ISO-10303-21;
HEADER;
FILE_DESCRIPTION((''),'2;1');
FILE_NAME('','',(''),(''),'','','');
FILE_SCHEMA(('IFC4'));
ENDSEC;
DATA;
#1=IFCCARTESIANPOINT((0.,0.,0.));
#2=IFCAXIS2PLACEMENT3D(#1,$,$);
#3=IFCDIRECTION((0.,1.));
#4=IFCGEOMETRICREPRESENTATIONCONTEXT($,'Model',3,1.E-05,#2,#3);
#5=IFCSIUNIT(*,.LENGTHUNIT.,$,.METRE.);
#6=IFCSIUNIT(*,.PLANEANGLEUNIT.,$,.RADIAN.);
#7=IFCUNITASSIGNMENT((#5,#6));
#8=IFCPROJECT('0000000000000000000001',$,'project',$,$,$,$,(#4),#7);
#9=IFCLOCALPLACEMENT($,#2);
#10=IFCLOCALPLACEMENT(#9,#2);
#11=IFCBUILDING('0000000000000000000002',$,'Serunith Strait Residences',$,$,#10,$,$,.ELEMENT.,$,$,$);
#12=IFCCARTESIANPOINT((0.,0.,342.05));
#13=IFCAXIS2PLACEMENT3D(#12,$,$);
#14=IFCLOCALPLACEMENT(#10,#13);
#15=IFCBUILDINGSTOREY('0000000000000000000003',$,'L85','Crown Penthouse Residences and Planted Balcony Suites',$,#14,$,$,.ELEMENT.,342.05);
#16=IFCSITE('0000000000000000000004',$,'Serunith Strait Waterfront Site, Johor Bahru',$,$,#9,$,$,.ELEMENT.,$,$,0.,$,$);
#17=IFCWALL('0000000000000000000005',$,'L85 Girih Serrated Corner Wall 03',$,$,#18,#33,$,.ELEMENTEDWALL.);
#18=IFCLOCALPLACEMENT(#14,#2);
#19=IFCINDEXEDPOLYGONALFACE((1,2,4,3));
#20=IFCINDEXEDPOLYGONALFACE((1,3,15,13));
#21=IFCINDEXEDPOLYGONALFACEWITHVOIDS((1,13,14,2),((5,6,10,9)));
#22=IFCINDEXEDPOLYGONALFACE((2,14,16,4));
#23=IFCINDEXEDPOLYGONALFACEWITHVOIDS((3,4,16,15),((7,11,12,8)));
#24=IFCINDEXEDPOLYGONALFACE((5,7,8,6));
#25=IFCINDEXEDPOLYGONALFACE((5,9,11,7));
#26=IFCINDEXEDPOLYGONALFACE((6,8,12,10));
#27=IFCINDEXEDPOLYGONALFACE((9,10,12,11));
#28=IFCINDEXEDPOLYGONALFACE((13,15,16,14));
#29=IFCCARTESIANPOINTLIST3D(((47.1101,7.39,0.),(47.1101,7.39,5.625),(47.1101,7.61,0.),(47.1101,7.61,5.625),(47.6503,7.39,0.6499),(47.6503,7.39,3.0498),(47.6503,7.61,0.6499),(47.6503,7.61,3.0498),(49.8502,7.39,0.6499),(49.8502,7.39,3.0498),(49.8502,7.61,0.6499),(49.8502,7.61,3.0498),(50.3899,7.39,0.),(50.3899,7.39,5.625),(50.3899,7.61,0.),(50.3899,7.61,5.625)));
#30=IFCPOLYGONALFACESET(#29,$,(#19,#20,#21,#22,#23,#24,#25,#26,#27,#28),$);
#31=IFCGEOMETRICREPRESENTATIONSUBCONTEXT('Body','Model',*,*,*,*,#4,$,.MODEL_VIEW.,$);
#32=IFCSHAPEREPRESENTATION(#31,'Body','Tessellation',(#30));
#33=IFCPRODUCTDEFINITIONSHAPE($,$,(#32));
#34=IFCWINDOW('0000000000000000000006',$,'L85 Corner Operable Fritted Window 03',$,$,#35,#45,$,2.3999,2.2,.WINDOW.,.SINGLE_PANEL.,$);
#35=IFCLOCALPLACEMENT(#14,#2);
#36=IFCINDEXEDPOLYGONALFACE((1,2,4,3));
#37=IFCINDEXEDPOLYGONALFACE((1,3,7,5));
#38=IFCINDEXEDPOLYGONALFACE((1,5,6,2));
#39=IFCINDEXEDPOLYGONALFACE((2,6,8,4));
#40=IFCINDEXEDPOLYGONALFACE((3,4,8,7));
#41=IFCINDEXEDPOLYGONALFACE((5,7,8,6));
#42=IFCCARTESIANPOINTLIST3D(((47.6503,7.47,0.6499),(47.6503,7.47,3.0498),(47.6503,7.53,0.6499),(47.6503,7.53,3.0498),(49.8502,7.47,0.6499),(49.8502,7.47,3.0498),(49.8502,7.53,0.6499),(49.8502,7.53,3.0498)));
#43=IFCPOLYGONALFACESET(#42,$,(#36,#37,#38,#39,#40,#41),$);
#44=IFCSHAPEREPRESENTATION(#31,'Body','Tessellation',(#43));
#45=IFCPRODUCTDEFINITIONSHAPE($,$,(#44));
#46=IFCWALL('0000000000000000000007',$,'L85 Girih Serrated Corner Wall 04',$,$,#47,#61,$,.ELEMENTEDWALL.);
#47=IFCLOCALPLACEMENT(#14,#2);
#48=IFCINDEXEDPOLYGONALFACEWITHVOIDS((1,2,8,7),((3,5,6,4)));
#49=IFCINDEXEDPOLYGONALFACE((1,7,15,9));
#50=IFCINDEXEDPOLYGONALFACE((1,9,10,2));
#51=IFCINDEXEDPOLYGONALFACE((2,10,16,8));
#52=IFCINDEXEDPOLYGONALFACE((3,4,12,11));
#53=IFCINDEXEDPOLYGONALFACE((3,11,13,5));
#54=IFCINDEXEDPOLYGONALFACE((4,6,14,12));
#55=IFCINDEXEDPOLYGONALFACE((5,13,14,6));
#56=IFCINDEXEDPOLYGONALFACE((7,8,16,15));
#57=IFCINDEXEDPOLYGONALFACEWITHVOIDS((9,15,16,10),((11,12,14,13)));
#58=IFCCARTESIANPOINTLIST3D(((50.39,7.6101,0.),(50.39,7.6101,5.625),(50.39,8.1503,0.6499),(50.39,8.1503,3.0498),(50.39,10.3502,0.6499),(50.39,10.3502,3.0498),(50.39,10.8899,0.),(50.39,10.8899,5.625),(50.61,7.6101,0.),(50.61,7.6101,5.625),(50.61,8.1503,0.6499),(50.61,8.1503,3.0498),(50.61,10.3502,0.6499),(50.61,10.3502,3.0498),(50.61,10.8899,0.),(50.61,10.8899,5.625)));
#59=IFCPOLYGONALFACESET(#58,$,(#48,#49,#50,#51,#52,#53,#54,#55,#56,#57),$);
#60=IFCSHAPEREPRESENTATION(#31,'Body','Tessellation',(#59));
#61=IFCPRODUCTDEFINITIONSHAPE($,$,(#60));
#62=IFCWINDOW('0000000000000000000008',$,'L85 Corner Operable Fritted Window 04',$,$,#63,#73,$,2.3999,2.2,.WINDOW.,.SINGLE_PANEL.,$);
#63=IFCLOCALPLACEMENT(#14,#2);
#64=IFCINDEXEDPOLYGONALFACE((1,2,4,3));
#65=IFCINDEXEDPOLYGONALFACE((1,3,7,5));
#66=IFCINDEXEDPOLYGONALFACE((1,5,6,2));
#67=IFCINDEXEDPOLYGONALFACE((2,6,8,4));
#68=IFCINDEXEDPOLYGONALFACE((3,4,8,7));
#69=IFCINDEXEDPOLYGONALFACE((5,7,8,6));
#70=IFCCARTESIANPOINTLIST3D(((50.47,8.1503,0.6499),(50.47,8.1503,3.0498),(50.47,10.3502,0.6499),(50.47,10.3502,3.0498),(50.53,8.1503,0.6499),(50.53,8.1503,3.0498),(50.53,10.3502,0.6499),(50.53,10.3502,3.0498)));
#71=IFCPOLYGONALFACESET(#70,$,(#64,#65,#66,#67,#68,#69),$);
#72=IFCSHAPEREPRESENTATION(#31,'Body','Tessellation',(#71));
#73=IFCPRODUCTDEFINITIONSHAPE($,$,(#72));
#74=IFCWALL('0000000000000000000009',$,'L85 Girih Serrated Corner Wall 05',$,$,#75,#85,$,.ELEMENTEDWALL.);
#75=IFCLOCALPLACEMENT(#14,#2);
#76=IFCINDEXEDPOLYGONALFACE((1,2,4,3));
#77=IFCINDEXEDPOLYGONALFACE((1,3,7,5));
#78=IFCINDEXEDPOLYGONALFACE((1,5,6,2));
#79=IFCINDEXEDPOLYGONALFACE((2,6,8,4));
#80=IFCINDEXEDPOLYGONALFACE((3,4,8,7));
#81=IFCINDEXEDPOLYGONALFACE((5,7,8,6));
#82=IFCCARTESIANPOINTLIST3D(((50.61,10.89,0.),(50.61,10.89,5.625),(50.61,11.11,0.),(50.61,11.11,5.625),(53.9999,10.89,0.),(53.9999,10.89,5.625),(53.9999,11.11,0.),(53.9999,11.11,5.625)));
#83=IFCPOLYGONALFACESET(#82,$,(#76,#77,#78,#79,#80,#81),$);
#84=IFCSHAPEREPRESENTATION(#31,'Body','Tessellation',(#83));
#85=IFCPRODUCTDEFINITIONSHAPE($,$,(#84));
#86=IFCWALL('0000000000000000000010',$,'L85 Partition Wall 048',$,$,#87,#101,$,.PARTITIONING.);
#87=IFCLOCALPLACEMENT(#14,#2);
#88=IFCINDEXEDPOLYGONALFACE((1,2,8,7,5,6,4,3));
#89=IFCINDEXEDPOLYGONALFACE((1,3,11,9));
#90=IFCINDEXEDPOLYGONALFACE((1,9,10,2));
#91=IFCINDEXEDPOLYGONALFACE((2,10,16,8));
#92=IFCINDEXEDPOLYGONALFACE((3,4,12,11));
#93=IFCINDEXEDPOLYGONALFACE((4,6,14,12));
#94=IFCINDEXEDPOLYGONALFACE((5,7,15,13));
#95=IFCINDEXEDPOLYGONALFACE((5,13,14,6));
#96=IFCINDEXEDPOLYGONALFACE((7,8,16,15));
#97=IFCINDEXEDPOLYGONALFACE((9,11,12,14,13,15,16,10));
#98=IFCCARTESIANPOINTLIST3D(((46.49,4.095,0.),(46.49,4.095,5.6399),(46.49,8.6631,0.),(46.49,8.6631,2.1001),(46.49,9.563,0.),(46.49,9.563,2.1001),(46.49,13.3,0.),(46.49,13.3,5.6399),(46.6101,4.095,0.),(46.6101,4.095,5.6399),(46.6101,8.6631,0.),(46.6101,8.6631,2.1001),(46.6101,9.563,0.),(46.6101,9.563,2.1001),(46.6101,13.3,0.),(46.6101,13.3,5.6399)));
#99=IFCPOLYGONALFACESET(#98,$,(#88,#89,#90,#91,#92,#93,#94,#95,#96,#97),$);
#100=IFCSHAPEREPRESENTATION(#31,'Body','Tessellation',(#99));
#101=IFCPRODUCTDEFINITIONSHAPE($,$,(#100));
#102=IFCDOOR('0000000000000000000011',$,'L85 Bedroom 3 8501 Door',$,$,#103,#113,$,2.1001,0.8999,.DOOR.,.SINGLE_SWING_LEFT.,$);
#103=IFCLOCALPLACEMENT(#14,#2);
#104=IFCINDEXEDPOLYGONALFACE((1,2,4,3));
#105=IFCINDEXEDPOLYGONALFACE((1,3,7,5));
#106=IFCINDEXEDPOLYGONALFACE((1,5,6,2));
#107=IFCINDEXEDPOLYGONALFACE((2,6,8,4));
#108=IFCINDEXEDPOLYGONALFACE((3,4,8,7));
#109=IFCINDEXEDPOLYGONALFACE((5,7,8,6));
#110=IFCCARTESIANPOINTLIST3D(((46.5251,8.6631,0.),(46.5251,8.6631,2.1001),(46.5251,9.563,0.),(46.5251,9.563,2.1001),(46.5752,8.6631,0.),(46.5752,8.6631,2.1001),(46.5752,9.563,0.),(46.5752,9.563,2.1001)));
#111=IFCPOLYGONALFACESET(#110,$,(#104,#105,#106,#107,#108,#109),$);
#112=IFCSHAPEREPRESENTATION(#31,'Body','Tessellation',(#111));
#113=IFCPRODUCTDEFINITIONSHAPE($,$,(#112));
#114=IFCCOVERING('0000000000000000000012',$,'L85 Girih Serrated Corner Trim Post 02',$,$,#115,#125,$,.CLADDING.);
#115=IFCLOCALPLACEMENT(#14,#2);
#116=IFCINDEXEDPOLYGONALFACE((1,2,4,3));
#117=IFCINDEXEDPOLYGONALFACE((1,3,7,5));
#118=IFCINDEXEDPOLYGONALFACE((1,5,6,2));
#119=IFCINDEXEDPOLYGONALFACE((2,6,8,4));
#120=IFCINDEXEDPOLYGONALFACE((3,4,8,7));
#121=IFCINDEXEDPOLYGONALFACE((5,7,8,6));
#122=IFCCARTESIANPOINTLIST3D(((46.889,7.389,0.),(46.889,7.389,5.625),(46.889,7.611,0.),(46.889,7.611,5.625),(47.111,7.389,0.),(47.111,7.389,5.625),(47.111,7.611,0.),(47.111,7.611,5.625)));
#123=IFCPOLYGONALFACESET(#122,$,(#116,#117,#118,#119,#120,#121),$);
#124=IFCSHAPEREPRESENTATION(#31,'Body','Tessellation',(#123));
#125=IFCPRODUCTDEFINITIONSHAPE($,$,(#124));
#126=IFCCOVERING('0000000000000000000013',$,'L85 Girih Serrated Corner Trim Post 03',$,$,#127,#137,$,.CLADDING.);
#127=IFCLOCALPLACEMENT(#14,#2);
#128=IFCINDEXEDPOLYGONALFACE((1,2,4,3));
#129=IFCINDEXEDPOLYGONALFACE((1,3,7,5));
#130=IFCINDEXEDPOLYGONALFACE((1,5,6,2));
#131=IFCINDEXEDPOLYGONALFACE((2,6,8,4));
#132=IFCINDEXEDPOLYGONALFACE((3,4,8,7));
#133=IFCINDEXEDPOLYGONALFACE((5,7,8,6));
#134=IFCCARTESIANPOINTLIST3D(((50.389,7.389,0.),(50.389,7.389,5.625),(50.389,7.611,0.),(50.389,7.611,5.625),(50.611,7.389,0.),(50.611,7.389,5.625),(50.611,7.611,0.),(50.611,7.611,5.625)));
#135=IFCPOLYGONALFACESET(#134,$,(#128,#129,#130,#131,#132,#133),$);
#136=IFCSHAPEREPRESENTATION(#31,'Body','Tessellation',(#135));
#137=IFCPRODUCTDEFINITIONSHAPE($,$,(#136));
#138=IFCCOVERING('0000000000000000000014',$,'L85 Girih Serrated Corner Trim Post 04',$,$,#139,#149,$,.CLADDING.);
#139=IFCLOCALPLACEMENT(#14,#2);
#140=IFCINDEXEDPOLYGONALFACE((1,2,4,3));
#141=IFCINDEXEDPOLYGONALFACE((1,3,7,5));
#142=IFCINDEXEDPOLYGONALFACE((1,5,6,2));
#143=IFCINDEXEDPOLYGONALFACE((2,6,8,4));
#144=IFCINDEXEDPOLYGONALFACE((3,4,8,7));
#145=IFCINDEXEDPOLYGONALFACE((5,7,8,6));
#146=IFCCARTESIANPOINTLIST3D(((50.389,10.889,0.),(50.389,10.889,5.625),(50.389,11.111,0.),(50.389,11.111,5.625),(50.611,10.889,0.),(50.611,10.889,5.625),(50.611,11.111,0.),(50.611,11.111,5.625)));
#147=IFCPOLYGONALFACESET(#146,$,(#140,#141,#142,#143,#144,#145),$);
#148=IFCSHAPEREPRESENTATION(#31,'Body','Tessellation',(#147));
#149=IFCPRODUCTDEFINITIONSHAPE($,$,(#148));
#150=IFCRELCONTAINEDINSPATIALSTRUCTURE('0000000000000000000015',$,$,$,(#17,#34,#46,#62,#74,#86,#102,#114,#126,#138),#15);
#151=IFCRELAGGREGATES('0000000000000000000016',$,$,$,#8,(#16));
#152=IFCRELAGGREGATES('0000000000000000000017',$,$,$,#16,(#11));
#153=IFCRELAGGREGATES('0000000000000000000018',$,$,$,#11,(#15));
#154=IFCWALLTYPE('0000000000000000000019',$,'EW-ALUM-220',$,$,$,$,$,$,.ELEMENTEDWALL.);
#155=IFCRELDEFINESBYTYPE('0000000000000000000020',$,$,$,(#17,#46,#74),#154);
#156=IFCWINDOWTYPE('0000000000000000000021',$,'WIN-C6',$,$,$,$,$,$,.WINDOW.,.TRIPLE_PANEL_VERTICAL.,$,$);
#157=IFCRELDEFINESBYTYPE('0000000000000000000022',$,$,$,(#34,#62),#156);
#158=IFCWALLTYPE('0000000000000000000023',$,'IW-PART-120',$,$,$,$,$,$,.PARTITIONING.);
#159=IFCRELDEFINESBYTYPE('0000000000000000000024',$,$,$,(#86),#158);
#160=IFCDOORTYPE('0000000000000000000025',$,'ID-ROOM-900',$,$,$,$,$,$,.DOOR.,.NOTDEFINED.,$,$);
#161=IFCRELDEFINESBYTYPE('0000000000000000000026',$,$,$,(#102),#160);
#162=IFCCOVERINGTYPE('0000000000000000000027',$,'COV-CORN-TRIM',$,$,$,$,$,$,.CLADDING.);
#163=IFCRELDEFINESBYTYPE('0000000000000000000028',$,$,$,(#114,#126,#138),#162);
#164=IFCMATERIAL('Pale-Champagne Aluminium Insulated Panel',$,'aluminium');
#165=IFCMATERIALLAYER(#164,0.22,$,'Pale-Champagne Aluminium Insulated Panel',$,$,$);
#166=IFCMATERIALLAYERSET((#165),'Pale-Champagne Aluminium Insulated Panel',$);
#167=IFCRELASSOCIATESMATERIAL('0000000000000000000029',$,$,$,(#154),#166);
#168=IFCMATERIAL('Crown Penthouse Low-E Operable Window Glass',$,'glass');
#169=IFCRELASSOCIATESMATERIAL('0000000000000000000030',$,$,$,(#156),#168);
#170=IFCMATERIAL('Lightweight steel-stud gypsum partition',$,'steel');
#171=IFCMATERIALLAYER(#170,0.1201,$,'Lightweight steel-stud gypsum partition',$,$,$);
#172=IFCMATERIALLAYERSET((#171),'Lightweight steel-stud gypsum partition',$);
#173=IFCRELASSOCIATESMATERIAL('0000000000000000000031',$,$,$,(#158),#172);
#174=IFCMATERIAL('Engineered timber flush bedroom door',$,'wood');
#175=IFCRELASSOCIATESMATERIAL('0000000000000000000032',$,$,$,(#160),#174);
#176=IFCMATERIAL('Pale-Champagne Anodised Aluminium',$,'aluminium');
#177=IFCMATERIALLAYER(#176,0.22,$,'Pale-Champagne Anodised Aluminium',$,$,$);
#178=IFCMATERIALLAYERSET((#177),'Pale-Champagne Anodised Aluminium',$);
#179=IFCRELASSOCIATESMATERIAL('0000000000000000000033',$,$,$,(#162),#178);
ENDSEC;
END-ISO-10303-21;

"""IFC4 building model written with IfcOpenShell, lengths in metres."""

from ifc_helpers import new_model, si_unit, direction, frame, frame_2d, origin, origin_2d, place, context, subcontext, project, spatial, rectangle, extrude, source, transform, mapped, material, layer, layer_set, type_object, element, fill, save


model = new_model("IFC4")

# Units and contexts
model_context = context("Model", 3, precision=1e-05, world=origin(), true_north=direction((0.0, 1.0)))
body_context = subcontext(model_context, "Body", "Model", "MODEL_VIEW")
ifc_project = project(units=[si_unit("LENGTHUNIT", "METRE"), si_unit("PLANEANGLEUNIT", "RADIAN")], contexts=[model_context])

# Site, building, storey
site_placement = place(None, origin())
site = spatial("IfcSite", under=ifc_project, at=site_placement, Name="Serunith Strait Waterfront Site, Johor Bahru", CompositionType="ELEMENT", RefElevation=0.0)
building_placement = place(site_placement, origin())
building = spatial("IfcBuilding", under=site, at=building_placement, Name="Serunith Strait Residences", CompositionType="ELEMENT")
storey_placement = place(building_placement, frame((0.0, 0.0, 342.05)))
storey = spatial("IfcBuildingStorey", under=building, at=storey_placement, Name="L85", Description="Crown Penthouse Residences and Planted Balcony Suites", CompositionType="ELEMENT", Elevation=342.05)

# Walls, openings, windows
ifc_material_1 = material(Name="Pale-Champagne Aluminium Insulated Panel", Category="aluminium")
ifc_layer_1 = layer(ifc_material_1, 0.22, Name="Pale-Champagne Aluminium Insulated Panel")
ifc_layer_set_1 = layer_set([ifc_layer_1], Name="Pale-Champagne Aluminium Insulated Panel")
wall_type_1 = type_object("IfcWallType", Name="EW-ALUM-220", PredefinedType="ELEMENTEDWALL", material=ifc_layer_set_1)
ifc_material_2 = material(Name="Crown Penthouse Low-E Operable Window Glass", Category="glass")
window_type = type_object("IfcWindowType", Name="WIN-C6", PartitioningType="TRIPLE_PANEL_VERTICAL", PredefinedType="WINDOW", material=ifc_material_2)
shared_shape_1 = source(origin(), body_context, "Body", "SweptSolid", [
    extrude(rectangle(XDim=2.2, YDim=2.3999, at=frame_2d((1.1001, 1.2))), frame((0.0, 0.03, 0.0), z_axis=(0.0, -1.0, 0.0), x_axis=(1.0, 0.0, 0.0)), (0.0, 0.0, 1.0), 0.0601),
])
wall_1_placement = place(storey_placement, frame((47.1101, 7.5, 0.0), z_axis=(0.0, 0.0, 1.0), x_axis=(1.0, 0.0, 0.0)))
wall_1 = element("IfcWall", 1, at=wall_1_placement, inside=storey, type_object=wall_type_1, Name="L85 Girih Serrated Corner Wall 03", PredefinedType="ELEMENTEDWALL", context=body_context, shape_type="SweptSolid", body=[
    extrude(rectangle(XDim=3.2798, YDim=0.22, at=frame_2d((1.6399, 0.0))), origin(), (0.0, 0.0, 1.0), 5.625),
])
opening_1_placement = place(wall_1_placement, frame((0.54, 0.0, 0.6499)))
opening_1 = element("IfcOpeningElement", 2, at=opening_1_placement, cuts=wall_1, PredefinedType="OPENING", context=body_context, shape_type="SweptSolid", body=[
    extrude(rectangle(XDim=2.2, YDim=2.3999, at=frame_2d((1.1001, 1.2))), frame((0.0, 0.1201, 0.0), z_axis=(0.0, -1.0, 0.0), x_axis=(1.0, 0.0, 0.0)), (0.0, 0.0, 1.0), 0.24),
])
window_1_placement = place(opening_1_placement, origin())
window_1 = element("IfcWindow", 3, at=window_1_placement, inside=storey, type_object=window_type, Name="L85 Corner Operable Fritted Window 03", OverallHeight=2.3999, OverallWidth=2.2, PartitioningType="SINGLE_PANEL", PredefinedType="WINDOW", context=body_context, shape_type="MappedRepresentation", body=[
    mapped(shared_shape_1, transform((0.0, 0.0, 0.0), scale=1.0)),
])
fill(opening_1, window_1)
wall_2_placement = place(storey_placement, frame((50.5, 7.6101, 0.0), z_axis=(0.0, 0.0, 1.0), x_axis=(0.0, 1.0, 0.0)))
wall_2 = element("IfcWall", 4, at=wall_2_placement, inside=storey, type_object=wall_type_1, Name="L85 Girih Serrated Corner Wall 04", PredefinedType="ELEMENTEDWALL", context=body_context, shape_type="SweptSolid", body=[
    extrude(rectangle(XDim=3.2798, YDim=0.22, at=frame_2d((1.6399, 0.0))), origin(), (0.0, 0.0, 1.0), 5.625),
])
opening_2_placement = place(wall_2_placement, frame((0.54, 0.0, 0.6499)))
opening_2 = element("IfcOpeningElement", 5, at=opening_2_placement, cuts=wall_2, PredefinedType="OPENING", context=body_context, shape_type="SweptSolid", body=[
    extrude(rectangle(XDim=2.2, YDim=2.3999, at=frame_2d((1.1001, 1.2))), frame((0.0, 0.1201, 0.0), z_axis=(0.0, -1.0, 0.0), x_axis=(1.0, 0.0, 0.0)), (0.0, 0.0, 1.0), 0.24),
])
window_2_placement = place(opening_2_placement, origin())
window_2 = element("IfcWindow", 6, at=window_2_placement, inside=storey, type_object=window_type, Name="L85 Corner Operable Fritted Window 04", OverallHeight=2.3999, OverallWidth=2.2, PartitioningType="SINGLE_PANEL", PredefinedType="WINDOW", context=body_context, shape_type="MappedRepresentation", body=[
    mapped(shared_shape_1, transform((0.0, 0.0, 0.0), scale=1.0)),
])
fill(opening_2, window_2)

# Wall
wall_3_placement = place(storey_placement, frame((50.6101, 11.0, 0.0), z_axis=(0.0, 0.0, 1.0), x_axis=(1.0, 0.0, 0.0)))
element("IfcWall", 7, at=wall_3_placement, inside=storey, type_object=wall_type_1, Name="L85 Girih Serrated Corner Wall 05", PredefinedType="ELEMENTEDWALL", context=body_context, shape_type="SweptSolid", body=[
    extrude(rectangle(XDim=3.3899, YDim=0.22, at=frame_2d((1.6948, 0.0))), origin(), (0.0, 0.0, 1.0), 5.625),
])

# Wall, opening, door
ifc_material_3 = material(Name="Lightweight steel-stud gypsum partition", Category="steel")
ifc_layer_2 = layer(ifc_material_3, 0.1201, Name="Lightweight steel-stud gypsum partition")
ifc_layer_set_2 = layer_set([ifc_layer_2], Name="Lightweight steel-stud gypsum partition")
wall_type_2 = type_object("IfcWallType", Name="IW-PART-120", PredefinedType="PARTITIONING", material=ifc_layer_set_2)
wall_4_placement = place(storey_placement, frame((46.55, 4.095, 0.0), z_axis=(0.0, 0.0, 1.0), x_axis=(0.0, 1.0, 0.0)))
wall_4 = element("IfcWall", 8, at=wall_4_placement, inside=storey, type_object=wall_type_2, Name="L85 Partition Wall 048", PredefinedType="PARTITIONING", context=body_context, shape_type="SweptSolid", body=[
    extrude(rectangle(XDim=9.2051, YDim=0.1201, at=frame_2d((4.6025, 0.0))), origin(), (0.0, 0.0, 1.0), 5.6399),
])
opening_3_placement = place(wall_4_placement, frame((4.5681, 0.0, 0.0)))
opening_3 = element("IfcOpeningElement", 9, at=opening_3_placement, cuts=wall_4, PredefinedType="OPENING", context=body_context, shape_type="SweptSolid", body=[
    extrude(rectangle(XDim=0.8999, YDim=2.1001, at=frame_2d((0.45, 1.05))), frame((0.0, 0.0701, 0.0), z_axis=(0.0, -1.0, 0.0), x_axis=(1.0, 0.0, 0.0)), (0.0, 0.0, 1.0), 0.1401),
])
ifc_material_4 = material(Name="Engineered timber flush bedroom door", Category="wood")
door_type = type_object("IfcDoorType", Name="ID-ROOM-900", OperationType="NOTDEFINED", PredefinedType="DOOR", material=ifc_material_4)
shared_shape_2 = source(origin(), body_context, "Body", "SweptSolid", [
    extrude(rectangle(XDim=0.8999, YDim=2.1001, at=frame_2d((0.45, 1.05))), frame((0.0, 0.0249, 0.0), z_axis=(0.0, -1.0, 0.0), x_axis=(1.0, 0.0, 0.0)), (0.0, 0.0, 1.0), 0.05),
])
door_placement = place(opening_3_placement, origin())
door = element("IfcDoor", 10, at=door_placement, inside=storey, type_object=door_type, Name="L85 Bedroom 3 8501 Door", OperationType="SINGLE_SWING_LEFT", OverallHeight=2.1001, OverallWidth=0.8999, PredefinedType="DOOR", context=body_context, shape_type="MappedRepresentation", body=[
    mapped(shared_shape_2, transform((0.0, 0.0, 0.0), scale=1.0)),
])
fill(opening_3, door)

# Coverings
ifc_material_5 = material(Name="Pale-Champagne Anodised Aluminium", Category="aluminium")
ifc_layer_3 = layer(ifc_material_5, 0.22, Name="Pale-Champagne Anodised Aluminium")
ifc_layer_set_3 = layer_set([ifc_layer_3], Name="Pale-Champagne Anodised Aluminium")
covering_type = type_object("IfcCoveringType", Name="COV-CORN-TRIM", PredefinedType="CLADDING", material=ifc_layer_set_3)
shared_shape_3 = source(origin(), body_context, "Body", "SweptSolid", [
    extrude(rectangle(XDim=0.2219, YDim=0.2219, at=origin_2d()), origin(), (0.0, 0.0, 1.0), 5.625),
])
for number, where, z_axis, x_axis, name in (
    (11, (47.0, 7.5, 0.0), (0.0, 0.0, 1.0), (1.0, 0.0, 0.0), "L85 Girih Serrated Corner Trim Post 02"),
    (12, (50.5, 7.5, 0.0), (0.0, 0.0, 1.0), (1.0, 0.0, 0.0), "L85 Girih Serrated Corner Trim Post 03"),
    (13, (50.5, 11.0, 0.0), (0.0, 0.0, 1.0), (1.0, 0.0, 0.0), "L85 Girih Serrated Corner Trim Post 04"),
):
    element("IfcCovering", number, at=place(storey_placement, frame(where, z_axis=z_axis, x_axis=x_axis)), inside=storey, type_object=covering_type, Name=name, PredefinedType="CLADDING", context=body_context, shape_type="MappedRepresentation", body=[
        mapped(shared_shape_3, transform((0.0, 0.0, 0.0), scale=1.0)),
    ])

save(model, "model.ifc")
